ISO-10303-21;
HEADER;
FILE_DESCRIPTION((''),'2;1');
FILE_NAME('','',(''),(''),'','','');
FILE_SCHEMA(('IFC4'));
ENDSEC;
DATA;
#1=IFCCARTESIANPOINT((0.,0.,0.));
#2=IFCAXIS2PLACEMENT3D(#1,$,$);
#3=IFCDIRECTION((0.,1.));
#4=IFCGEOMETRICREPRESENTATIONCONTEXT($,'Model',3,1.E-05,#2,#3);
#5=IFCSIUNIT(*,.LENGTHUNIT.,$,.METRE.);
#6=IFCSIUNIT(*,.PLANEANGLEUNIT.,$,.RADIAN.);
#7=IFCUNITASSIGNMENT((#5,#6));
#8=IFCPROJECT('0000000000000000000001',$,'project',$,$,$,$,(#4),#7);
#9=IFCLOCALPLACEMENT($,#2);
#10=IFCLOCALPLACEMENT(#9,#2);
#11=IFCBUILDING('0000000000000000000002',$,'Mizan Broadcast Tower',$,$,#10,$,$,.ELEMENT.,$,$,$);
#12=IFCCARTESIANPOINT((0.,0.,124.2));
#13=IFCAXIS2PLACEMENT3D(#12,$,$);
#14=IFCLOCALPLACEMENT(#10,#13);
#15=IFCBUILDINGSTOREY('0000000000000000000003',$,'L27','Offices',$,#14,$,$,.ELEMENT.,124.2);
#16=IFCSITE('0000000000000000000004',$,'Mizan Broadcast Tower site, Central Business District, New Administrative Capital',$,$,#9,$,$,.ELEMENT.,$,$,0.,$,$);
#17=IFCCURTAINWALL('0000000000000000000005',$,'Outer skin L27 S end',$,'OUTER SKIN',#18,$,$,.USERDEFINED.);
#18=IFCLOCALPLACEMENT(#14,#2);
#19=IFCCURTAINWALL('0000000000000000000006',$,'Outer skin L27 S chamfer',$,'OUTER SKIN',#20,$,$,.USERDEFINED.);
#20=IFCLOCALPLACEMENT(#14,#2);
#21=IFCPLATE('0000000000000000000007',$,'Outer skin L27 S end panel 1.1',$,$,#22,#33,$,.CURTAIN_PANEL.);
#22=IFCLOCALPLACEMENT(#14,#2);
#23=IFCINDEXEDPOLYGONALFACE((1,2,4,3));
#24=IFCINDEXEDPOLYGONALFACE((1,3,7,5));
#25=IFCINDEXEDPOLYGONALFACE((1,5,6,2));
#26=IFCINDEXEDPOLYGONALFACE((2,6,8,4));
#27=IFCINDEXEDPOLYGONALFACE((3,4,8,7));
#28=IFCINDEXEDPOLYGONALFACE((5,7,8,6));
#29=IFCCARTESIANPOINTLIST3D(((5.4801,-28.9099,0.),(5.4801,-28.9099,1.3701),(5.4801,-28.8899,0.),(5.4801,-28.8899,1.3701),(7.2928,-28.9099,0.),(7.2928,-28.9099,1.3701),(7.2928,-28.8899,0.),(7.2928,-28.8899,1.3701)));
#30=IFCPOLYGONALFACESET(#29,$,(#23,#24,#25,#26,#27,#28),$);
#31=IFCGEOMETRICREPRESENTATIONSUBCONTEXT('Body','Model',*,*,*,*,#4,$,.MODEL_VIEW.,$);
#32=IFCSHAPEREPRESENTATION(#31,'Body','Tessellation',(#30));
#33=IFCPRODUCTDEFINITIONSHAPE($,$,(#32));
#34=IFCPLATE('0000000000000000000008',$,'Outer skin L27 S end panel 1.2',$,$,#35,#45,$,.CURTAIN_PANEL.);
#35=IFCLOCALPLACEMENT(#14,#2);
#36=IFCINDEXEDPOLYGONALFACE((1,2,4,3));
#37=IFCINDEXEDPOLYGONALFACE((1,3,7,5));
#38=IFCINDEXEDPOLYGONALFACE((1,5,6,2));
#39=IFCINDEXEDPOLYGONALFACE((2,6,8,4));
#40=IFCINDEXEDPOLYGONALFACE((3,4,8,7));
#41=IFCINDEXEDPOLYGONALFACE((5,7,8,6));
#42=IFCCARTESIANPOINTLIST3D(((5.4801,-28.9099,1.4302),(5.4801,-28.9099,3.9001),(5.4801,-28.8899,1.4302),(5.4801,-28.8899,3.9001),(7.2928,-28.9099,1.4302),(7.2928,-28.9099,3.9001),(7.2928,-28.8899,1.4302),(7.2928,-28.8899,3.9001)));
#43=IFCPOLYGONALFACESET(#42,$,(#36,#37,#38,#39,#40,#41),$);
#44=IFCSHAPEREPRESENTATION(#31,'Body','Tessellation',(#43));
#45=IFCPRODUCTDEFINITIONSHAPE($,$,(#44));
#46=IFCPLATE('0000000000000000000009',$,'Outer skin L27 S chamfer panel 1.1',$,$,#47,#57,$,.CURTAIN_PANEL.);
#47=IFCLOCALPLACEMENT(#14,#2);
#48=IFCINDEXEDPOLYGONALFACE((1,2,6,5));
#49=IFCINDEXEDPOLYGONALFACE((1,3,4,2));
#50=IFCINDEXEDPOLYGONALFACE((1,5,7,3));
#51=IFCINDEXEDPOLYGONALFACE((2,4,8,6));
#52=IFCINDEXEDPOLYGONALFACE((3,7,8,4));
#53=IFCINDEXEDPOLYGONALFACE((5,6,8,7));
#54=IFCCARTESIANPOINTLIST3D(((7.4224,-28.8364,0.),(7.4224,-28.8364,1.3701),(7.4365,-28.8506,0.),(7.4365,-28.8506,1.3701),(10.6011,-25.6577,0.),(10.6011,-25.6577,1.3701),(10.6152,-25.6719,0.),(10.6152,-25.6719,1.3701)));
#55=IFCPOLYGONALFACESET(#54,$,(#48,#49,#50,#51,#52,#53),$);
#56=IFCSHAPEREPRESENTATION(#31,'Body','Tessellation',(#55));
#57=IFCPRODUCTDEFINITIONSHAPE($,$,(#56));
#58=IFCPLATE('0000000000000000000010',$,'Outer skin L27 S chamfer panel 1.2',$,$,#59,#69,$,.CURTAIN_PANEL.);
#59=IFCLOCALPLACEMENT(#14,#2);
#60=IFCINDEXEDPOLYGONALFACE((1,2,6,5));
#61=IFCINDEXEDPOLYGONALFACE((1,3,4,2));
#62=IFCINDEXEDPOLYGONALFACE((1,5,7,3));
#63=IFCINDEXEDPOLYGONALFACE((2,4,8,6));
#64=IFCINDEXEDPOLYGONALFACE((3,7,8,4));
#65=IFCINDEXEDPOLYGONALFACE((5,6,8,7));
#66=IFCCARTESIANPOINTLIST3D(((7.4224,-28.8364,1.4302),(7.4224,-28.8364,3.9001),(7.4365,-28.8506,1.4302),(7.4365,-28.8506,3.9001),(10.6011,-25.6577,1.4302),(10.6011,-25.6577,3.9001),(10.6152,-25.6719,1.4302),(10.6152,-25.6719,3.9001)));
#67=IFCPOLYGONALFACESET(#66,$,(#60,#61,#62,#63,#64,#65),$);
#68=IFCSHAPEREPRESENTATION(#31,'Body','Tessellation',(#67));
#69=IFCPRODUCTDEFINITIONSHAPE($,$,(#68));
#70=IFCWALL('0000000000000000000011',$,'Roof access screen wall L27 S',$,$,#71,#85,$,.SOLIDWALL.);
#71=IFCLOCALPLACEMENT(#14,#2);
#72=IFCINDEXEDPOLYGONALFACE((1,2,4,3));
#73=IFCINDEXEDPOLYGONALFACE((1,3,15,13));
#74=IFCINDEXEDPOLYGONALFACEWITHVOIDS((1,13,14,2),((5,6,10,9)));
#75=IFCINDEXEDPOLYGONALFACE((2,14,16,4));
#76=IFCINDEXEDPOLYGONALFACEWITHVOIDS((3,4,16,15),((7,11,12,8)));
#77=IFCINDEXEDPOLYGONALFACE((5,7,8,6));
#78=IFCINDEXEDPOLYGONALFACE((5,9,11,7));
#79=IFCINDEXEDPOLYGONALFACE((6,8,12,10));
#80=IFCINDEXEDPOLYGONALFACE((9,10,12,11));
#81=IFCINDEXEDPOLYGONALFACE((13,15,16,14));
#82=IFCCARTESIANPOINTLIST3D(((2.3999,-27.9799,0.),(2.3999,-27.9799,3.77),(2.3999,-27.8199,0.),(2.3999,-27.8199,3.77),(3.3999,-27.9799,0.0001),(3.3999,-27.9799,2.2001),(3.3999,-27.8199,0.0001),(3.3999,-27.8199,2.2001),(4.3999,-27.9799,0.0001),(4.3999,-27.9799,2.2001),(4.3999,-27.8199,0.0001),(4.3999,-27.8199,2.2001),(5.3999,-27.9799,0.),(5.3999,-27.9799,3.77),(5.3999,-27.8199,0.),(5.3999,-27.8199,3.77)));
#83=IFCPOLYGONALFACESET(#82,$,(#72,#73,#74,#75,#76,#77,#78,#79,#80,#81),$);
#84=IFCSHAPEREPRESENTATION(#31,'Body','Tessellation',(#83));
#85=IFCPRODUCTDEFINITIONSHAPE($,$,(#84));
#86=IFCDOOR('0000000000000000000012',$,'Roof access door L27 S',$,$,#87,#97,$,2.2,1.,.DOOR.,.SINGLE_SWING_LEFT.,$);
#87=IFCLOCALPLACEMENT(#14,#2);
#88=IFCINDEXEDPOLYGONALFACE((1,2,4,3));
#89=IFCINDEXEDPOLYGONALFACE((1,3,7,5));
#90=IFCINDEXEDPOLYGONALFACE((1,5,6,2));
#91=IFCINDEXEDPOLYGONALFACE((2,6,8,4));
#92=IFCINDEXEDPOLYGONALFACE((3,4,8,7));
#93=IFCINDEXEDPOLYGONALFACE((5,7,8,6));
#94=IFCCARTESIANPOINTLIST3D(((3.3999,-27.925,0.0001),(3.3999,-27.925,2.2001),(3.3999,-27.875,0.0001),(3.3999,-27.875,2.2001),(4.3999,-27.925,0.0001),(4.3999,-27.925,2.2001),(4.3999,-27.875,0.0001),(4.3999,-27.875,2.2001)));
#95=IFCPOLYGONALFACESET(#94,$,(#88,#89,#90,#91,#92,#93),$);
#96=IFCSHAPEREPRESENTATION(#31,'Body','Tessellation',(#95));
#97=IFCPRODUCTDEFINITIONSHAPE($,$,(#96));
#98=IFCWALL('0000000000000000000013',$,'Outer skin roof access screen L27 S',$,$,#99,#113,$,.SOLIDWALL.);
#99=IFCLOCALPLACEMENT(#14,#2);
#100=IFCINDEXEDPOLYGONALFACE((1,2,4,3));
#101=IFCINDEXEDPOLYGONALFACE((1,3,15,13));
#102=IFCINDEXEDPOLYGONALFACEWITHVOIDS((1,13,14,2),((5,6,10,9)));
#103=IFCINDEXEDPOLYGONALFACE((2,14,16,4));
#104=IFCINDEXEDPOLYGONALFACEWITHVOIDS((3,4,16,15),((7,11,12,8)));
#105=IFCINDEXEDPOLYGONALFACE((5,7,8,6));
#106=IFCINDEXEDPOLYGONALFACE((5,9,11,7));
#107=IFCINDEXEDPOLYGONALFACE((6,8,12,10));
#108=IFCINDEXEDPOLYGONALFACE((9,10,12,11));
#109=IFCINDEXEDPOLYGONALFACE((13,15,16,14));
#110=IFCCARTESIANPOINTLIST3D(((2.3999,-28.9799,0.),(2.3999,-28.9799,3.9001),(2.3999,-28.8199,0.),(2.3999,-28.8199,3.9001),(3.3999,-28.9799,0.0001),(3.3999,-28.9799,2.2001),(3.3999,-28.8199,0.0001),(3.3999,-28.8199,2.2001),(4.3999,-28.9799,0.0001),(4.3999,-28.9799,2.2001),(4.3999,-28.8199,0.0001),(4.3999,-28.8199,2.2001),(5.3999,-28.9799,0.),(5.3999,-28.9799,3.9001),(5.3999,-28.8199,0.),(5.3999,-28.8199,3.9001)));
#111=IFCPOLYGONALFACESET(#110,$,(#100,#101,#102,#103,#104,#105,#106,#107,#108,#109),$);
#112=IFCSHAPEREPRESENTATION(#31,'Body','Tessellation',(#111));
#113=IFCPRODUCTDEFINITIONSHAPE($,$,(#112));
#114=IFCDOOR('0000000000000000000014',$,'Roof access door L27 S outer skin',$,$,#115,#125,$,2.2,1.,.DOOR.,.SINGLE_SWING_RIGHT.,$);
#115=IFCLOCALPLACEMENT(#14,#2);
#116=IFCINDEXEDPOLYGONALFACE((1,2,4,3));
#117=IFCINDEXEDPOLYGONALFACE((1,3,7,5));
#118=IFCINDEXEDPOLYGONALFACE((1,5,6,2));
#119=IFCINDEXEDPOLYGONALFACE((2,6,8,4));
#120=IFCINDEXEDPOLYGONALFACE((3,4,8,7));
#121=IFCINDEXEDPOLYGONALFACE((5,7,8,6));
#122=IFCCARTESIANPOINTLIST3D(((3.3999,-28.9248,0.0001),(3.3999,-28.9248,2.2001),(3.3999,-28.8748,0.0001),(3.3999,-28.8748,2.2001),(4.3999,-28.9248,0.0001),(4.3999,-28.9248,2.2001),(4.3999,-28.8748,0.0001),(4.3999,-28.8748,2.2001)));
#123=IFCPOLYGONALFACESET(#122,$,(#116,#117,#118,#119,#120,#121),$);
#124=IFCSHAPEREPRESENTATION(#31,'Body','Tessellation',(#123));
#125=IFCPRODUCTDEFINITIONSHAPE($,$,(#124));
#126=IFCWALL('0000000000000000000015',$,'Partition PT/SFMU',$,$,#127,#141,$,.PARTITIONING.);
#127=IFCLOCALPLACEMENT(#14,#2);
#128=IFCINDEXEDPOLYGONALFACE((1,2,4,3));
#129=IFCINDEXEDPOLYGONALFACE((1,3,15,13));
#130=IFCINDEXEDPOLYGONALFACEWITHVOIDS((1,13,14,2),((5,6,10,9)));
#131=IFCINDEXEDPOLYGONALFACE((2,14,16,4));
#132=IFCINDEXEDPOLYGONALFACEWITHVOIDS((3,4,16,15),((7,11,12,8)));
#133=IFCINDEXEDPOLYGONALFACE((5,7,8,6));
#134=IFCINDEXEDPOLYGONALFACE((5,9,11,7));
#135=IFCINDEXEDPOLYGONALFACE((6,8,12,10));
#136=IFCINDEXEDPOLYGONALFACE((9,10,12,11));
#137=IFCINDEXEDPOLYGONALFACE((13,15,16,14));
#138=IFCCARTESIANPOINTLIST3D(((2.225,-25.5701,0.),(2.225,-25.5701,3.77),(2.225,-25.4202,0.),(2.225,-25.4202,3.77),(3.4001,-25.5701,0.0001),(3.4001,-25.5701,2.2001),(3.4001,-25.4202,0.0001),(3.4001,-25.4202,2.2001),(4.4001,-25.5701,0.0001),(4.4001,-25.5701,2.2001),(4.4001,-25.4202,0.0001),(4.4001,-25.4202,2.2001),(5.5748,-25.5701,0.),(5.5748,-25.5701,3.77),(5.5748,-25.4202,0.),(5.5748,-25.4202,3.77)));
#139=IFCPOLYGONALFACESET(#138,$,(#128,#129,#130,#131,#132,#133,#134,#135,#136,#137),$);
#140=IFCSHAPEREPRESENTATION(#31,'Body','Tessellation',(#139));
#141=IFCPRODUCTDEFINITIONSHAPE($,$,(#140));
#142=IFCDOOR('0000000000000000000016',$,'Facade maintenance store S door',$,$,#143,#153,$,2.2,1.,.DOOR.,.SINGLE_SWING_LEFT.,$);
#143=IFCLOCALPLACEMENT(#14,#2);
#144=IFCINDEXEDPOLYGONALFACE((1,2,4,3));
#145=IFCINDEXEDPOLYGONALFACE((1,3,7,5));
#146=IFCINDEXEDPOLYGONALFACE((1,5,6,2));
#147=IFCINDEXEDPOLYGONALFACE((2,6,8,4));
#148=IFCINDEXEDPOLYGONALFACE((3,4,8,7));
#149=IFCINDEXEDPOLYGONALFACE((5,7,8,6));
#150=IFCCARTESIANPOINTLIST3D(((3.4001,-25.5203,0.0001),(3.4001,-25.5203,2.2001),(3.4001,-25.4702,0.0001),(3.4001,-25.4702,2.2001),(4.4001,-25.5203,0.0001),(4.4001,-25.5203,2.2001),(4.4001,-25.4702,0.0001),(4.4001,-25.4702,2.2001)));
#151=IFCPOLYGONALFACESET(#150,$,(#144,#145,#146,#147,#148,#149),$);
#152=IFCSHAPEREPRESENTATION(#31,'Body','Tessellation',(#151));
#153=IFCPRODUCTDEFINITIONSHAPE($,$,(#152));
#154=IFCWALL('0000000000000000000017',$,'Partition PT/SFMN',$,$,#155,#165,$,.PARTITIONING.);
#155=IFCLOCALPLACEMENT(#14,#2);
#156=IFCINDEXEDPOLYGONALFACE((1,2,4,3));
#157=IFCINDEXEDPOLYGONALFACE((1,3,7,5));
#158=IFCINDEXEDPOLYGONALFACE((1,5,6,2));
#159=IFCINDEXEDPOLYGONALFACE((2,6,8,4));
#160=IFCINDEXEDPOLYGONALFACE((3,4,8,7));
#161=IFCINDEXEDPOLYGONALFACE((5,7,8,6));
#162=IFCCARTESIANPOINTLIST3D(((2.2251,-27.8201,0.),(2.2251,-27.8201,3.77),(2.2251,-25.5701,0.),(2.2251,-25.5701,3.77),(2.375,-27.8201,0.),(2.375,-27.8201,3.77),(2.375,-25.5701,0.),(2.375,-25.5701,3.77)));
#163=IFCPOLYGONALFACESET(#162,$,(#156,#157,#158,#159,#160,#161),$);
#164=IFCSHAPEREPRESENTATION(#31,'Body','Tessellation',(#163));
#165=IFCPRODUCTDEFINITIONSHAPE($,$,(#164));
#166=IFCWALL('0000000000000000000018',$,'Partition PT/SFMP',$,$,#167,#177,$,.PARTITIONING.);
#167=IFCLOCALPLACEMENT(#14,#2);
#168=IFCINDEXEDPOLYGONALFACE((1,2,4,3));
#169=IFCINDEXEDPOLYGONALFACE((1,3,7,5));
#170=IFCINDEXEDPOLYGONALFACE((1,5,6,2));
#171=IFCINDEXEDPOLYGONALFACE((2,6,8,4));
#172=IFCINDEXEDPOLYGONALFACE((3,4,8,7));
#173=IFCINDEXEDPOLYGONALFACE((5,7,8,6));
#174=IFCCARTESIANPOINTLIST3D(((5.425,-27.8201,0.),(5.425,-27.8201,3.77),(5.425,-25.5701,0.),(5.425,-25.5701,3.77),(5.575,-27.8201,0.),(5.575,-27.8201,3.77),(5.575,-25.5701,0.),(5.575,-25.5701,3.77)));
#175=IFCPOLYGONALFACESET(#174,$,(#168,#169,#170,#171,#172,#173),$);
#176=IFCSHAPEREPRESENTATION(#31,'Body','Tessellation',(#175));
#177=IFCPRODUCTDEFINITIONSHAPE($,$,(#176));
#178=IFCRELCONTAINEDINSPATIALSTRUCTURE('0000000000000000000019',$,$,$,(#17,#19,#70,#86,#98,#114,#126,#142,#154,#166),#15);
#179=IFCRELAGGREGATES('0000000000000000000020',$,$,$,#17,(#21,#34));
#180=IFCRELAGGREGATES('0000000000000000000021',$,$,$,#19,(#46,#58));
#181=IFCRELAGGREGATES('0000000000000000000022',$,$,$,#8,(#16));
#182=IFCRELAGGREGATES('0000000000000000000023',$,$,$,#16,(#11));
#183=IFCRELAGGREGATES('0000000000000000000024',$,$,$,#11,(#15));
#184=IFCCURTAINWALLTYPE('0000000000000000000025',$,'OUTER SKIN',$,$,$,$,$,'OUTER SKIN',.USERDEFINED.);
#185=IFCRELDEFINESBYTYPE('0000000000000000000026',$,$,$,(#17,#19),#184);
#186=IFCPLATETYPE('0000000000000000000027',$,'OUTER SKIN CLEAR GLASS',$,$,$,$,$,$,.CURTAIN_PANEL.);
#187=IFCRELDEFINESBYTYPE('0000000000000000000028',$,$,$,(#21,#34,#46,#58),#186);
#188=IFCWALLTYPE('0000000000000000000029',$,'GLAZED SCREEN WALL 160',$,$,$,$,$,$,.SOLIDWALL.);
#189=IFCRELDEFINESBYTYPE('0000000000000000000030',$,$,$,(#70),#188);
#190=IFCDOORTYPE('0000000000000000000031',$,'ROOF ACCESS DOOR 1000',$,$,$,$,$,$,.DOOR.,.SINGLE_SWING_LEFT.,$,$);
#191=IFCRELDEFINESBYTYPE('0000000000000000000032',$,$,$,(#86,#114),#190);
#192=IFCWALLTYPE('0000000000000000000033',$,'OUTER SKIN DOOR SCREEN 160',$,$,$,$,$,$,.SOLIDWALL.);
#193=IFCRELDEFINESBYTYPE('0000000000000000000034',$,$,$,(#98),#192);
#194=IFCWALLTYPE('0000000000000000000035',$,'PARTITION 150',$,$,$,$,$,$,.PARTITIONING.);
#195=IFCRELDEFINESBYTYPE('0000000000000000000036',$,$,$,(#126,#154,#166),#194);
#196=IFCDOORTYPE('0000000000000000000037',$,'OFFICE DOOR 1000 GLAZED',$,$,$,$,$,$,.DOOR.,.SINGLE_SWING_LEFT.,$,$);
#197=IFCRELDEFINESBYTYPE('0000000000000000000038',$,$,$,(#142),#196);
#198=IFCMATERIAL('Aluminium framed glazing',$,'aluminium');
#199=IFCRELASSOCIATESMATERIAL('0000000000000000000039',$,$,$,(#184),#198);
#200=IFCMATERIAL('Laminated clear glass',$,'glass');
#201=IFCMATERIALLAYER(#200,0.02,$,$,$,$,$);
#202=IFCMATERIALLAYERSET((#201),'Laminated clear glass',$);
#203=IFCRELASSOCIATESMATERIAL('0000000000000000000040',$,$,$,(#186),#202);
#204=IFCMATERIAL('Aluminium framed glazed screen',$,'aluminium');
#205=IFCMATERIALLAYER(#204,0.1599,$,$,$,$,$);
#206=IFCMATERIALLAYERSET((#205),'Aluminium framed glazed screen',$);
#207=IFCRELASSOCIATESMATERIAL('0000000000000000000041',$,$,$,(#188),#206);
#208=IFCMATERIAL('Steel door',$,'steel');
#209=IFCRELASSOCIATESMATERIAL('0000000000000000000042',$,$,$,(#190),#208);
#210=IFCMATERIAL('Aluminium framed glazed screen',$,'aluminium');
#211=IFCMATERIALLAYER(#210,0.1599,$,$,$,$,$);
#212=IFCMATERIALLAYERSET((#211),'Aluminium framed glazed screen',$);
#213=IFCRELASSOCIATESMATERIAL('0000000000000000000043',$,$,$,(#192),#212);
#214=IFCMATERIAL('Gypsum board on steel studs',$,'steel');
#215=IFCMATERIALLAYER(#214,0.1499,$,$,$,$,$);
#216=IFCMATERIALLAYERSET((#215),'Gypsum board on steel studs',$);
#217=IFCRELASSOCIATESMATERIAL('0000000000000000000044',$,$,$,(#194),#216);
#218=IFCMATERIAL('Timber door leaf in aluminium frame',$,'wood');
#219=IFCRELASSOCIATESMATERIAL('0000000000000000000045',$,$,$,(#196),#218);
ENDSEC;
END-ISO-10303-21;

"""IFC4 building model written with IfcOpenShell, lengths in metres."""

from ifc_helpers import new_model, si_unit, direction, frame, frame_2d, origin, origin_2d, place, context, subcontext, project, spatial, rectangle, extrude, material, layer, layer_set, type_object, element, fill, aggregate, save


model = new_model("IFC4")

# Units and contexts
model_context = context("Model", 3, precision=1e-05, world=origin(), true_north=direction((0.0, 1.0)))
body_context = subcontext(model_context, "Body", "Model", "MODEL_VIEW")
ifc_project = project(units=[si_unit("LENGTHUNIT", "METRE"), si_unit("PLANEANGLEUNIT", "RADIAN")], contexts=[model_context])

# Site, building, storey
site_placement = place(None, origin())
site = spatial("IfcSite", under=ifc_project, at=site_placement, Name="Mizan Broadcast Tower site, Central Business District, New Administrative Capital", CompositionType="ELEMENT", RefElevation=0.0)
building_placement = place(site_placement, origin())
building = spatial("IfcBuilding", under=site, at=building_placement, Name="Mizan Broadcast Tower", CompositionType="ELEMENT")
storey_placement = place(building_placement, frame((0.0, 0.0, 124.2)))
storey = spatial("IfcBuildingStorey", under=building, at=storey_placement, Name="L27", Description="Offices", CompositionType="ELEMENT", Elevation=124.2)

# Shared definitions
ifc_material_1 = material(Name="Aluminium framed glazing", Category="aluminium")
curtain_wall_type_1 = type_object("IfcCurtainWallType", Name="OUTER SKIN", ElementType="OUTER SKIN", PredefinedType="USERDEFINED", material=ifc_material_1)

# Curtain wall
curtain_wall_1_placement = place(storey_placement, origin())
curtain_wall_1 = element("IfcCurtainWall", 1, at=curtain_wall_1_placement, inside=storey, type_object=curtain_wall_type_1, Name="Outer skin L27 S end", ObjectType="OUTER SKIN", PredefinedType="USERDEFINED")

# Curtain wall
curtain_wall_2_placement = place(storey_placement, origin())
curtain_wall_2 = element("IfcCurtainWall", 2, at=curtain_wall_2_placement, inside=storey, type_object=curtain_wall_type_1, Name="Outer skin L27 S chamfer", ObjectType="OUTER SKIN", PredefinedType="USERDEFINED")

# Plates
ifc_material_2 = material(Name="Laminated clear glass", Category="glass")
ifc_layer_1 = layer(ifc_material_2, 0.02)
ifc_layer_set_1 = layer_set([ifc_layer_1], Name="Laminated clear glass")
plate_type_1 = type_object("IfcPlateType", Name="OUTER SKIN CLEAR GLASS", PredefinedType="CURTAIN_PANEL", material=ifc_layer_set_1)
plate_1_placement = place(storey_placement, frame((6.3865, -28.8999, 0.0), z_axis=(0.0, 0.0, 1.0), x_axis=(1.0, 0.0, 0.0)))
plate_1 = element("IfcPlate", 3, at=plate_1_placement, type_object=plate_type_1, Name="Outer skin L27 S end panel 1.1", PredefinedType="CURTAIN_PANEL", context=body_context, shape_type="SweptSolid", body=[
    extrude(rectangle(XDim=1.8127, YDim=0.02, at=origin_2d()), origin(), (0.0, 0.0, 1.0), 1.3701),
])
plate_2_placement = place(storey_placement, frame((6.3865, -28.8999, 1.4302), z_axis=(0.0, 0.0, 1.0), x_axis=(1.0, 0.0, 0.0)))
plate_2 = element("IfcPlate", 4, at=plate_2_placement, type_object=plate_type_1, Name="Outer skin L27 S end panel 1.2", PredefinedType="CURTAIN_PANEL", context=body_context, shape_type="SweptSolid", body=[
    extrude(rectangle(XDim=1.8127, YDim=0.02, at=origin_2d()), origin(), (0.0, 0.0, 1.0), 2.47),
])
aggregate(curtain_wall_1, [plate_1, plate_2])
plate_3_placement = place(storey_placement, frame((9.0188, -27.2542, 0.0), z_axis=(0.0, 0.0, 1.0), x_axis=(0.707107, 0.707107, 0.0)))
plate_3 = element("IfcPlate", 5, at=plate_3_placement, type_object=plate_type_1, Name="Outer skin L27 S chamfer panel 1.1", PredefinedType="CURTAIN_PANEL", context=body_context, shape_type="SweptSolid", body=[
    extrude(rectangle(XDim=4.4954, YDim=0.02, at=origin_2d()), origin(), (0.0, 0.0, 1.0), 1.3701),
])
plate_4_placement = place(storey_placement, frame((9.0188, -27.2542, 1.4302), z_axis=(0.0, 0.0, 1.0), x_axis=(0.707107, 0.707107, 0.0)))
plate_4 = element("IfcPlate", 6, at=plate_4_placement, type_object=plate_type_1, Name="Outer skin L27 S chamfer panel 1.2", PredefinedType="CURTAIN_PANEL", context=body_context, shape_type="SweptSolid", body=[
    extrude(rectangle(XDim=4.4954, YDim=0.02, at=origin_2d()), origin(), (0.0, 0.0, 1.0), 2.47),
])
aggregate(curtain_wall_2, [plate_3, plate_4])

# Walls, openings, doors
ifc_material_3 = material(Name="Aluminium framed glazed screen", Category="aluminium")
ifc_layer_2 = layer(ifc_material_3, 0.1599)
ifc_layer_set_2 = layer_set([ifc_layer_2], Name="Aluminium framed glazed screen")
wall_type_1 = type_object("IfcWallType", Name="GLAZED SCREEN WALL 160", PredefinedType="SOLIDWALL", material=ifc_layer_set_2)
wall_1_placement = place(storey_placement, frame((2.3999, -27.8999, 0.0), z_axis=(0.0, 0.0, 1.0), x_axis=(1.0, 0.0, 0.0)))
wall_1 = element("IfcWall", 7, at=wall_1_placement, inside=storey, type_object=wall_type_1, Name="Roof access screen wall L27 S", PredefinedType="SOLIDWALL", context=body_context, shape_type="SweptSolid", body=[
    extrude(rectangle(XDim=3.0, YDim=0.1599, at=frame_2d((1.5, 0.0))), origin(), (0.0, 0.0, 1.0), 3.77),
])
opening_1_placement = place(wall_1_placement, frame((1.0, 0.0, 0.0)))
opening_1 = element("IfcOpeningElement", 8, at=opening_1_placement, cuts=wall_1, PredefinedType="OPENING", context=body_context, shape_type="SweptSolid", body=[
    extrude(rectangle(XDim=1.0, YDim=2.2, at=frame_2d((0.5, 1.1001))), frame((0.0, 0.0898, 0.0), z_axis=(0.0, -1.0, 0.0), x_axis=(1.0, 0.0, 0.0)), (0.0, 0.0, 1.0), 0.1799),
])
ifc_material_4 = material(Name="Steel door", Category="steel")
door_type_1 = type_object("IfcDoorType", Name="ROOF ACCESS DOOR 1000", OperationType="SINGLE_SWING_LEFT", PredefinedType="DOOR", material=ifc_material_4)
door_1_placement = place(opening_1_placement, origin())
door_1 = element("IfcDoor", 9, at=door_1_placement, inside=storey, type_object=door_type_1, Name="Roof access door L27 S", OperationType="SINGLE_SWING_LEFT", OverallHeight=2.2, OverallWidth=1.0, PredefinedType="DOOR", context=body_context, shape_type="SweptSolid", body=[
    extrude(rectangle(XDim=1.0, YDim=2.2, at=frame_2d((0.5, 1.1001))), frame((0.0, 0.0249, 0.0), z_axis=(0.0, -1.0, 0.0), x_axis=(1.0, 0.0, 0.0)), (0.0, 0.0, 1.0), 0.05),
])
fill(opening_1, door_1)
ifc_material_5 = material(Name="Aluminium framed glazed screen", Category="aluminium")
ifc_layer_3 = layer(ifc_material_5, 0.1599)
ifc_layer_set_3 = layer_set([ifc_layer_3], Name="Aluminium framed glazed screen")
wall_type_2 = type_object("IfcWallType", Name="OUTER SKIN DOOR SCREEN 160", PredefinedType="SOLIDWALL", material=ifc_layer_set_3)
wall_2_placement = place(storey_placement, frame((5.3999, -28.8999, 0.0), z_axis=(0.0, 0.0, 1.0), x_axis=(-1.0, 0.0, 0.0)))
wall_2 = element("IfcWall", 10, at=wall_2_placement, inside=storey, type_object=wall_type_2, Name="Outer skin roof access screen L27 S", PredefinedType="SOLIDWALL", context=body_context, shape_type="SweptSolid", body=[
    extrude(rectangle(XDim=3.0, YDim=0.1599, at=frame_2d((1.5, 0.0))), origin(), (0.0, 0.0, 1.0), 3.9001),
])
opening_2_placement = place(wall_2_placement, frame((1.0, 0.0, 0.0)))
opening_2 = element("IfcOpeningElement", 11, at=opening_2_placement, cuts=wall_2, PredefinedType="OPENING", context=body_context, shape_type="SweptSolid", body=[
    extrude(rectangle(XDim=1.0, YDim=2.2, at=frame_2d((0.5, 1.1001))), frame((0.0, 0.0898, 0.0), z_axis=(0.0, -1.0, 0.0), x_axis=(1.0, 0.0, 0.0)), (0.0, 0.0, 1.0), 0.1799),
])
door_2_placement = place(opening_2_placement, origin())
door_2 = element("IfcDoor", 12, at=door_2_placement, inside=storey, type_object=door_type_1, Name="Roof access door L27 S outer skin", OperationType="SINGLE_SWING_RIGHT", OverallHeight=2.2, OverallWidth=1.0, PredefinedType="DOOR", context=body_context, shape_type="SweptSolid", body=[
    extrude(rectangle(XDim=1.0, YDim=2.2, at=frame_2d((0.5, 1.1001))), frame((0.0, 0.0249, 0.0), z_axis=(0.0, -1.0, 0.0), x_axis=(1.0, 0.0, 0.0)), (0.0, 0.0, 1.0), 0.05),
])
fill(opening_2, door_2)
ifc_material_6 = material(Name="Gypsum board on steel studs", Category="steel")
ifc_layer_4 = layer(ifc_material_6, 0.1499)
ifc_layer_set_4 = layer_set([ifc_layer_4], Name="Gypsum board on steel studs")
wall_type_3 = type_object("IfcWallType", Name="PARTITION 150", PredefinedType="PARTITIONING", material=ifc_layer_set_4)
wall_3_placement = place(storey_placement, frame((2.2251, -25.4951, 0.0), z_axis=(0.0, 0.0, 1.0), x_axis=(1.0, 0.0, 0.0)))
wall_3 = element("IfcWall", 13, at=wall_3_placement, inside=storey, type_object=wall_type_3, Name="Partition PT/SFMU", PredefinedType="PARTITIONING", context=body_context, shape_type="SweptSolid", body=[
    extrude(rectangle(XDim=3.3499, YDim=0.1499, at=frame_2d((1.6748, 0.0))), origin(), (0.0, 0.0, 1.0), 3.77),
])
opening_3_placement = place(wall_3_placement, frame((1.175, 0.0, 0.0)))
opening_3 = element("IfcOpeningElement", 14, at=opening_3_placement, cuts=wall_3, PredefinedType="OPENING", context=body_context, shape_type="SweptSolid", body=[
    extrude(rectangle(XDim=1.0, YDim=2.2, at=frame_2d((0.5, 1.1001))), frame((0.0, 0.085, 0.0), z_axis=(0.0, -1.0, 0.0), x_axis=(1.0, 0.0, 0.0)), (0.0, 0.0, 1.0), 0.1699),
])
ifc_material_7 = material(Name="Timber door leaf in aluminium frame", Category="wood")
door_type_2 = type_object("IfcDoorType", Name="OFFICE DOOR 1000 GLAZED", OperationType="SINGLE_SWING_LEFT", PredefinedType="DOOR", material=ifc_material_7)
door_3_placement = place(opening_3_placement, origin())
door_3 = element("IfcDoor", 15, at=door_3_placement, inside=storey, type_object=door_type_2, Name="Facade maintenance store S door", OperationType="SINGLE_SWING_LEFT", OverallHeight=2.2, OverallWidth=1.0, PredefinedType="DOOR", context=body_context, shape_type="SweptSolid", body=[
    extrude(rectangle(XDim=1.0, YDim=2.2, at=frame_2d((0.5, 1.1001))), frame((0.0, 0.0249, 0.0), z_axis=(0.0, -1.0, 0.0), x_axis=(1.0, 0.0, 0.0)), (0.0, 0.0, 1.0), 0.05),
])
fill(opening_3, door_3)

# Walls
for number, where, z_axis, x_axis, name in (
    (16, (2.3, -25.5701, 0.0), (0.0, 0.0, 1.0), (0.0, -1.0, 0.0), "Partition PT/SFMN"),
    (17, (5.5, -25.5701, 0.0), (0.0, 0.0, 1.0), (0.0, -1.0, 0.0), "Partition PT/SFMP"),
):
    element("IfcWall", number, at=place(storey_placement, frame(where, z_axis=z_axis, x_axis=x_axis)), inside=storey, type_object=wall_type_3, Name=name, PredefinedType="PARTITIONING", context=body_context, shape_type="SweptSolid", body=[
        extrude(rectangle(XDim=2.25, YDim=0.1499, at=frame_2d((1.125, 0.0))), origin(), (0.0, 0.0, 1.0), 3.77),
    ])

save(model, "model.ifc")
